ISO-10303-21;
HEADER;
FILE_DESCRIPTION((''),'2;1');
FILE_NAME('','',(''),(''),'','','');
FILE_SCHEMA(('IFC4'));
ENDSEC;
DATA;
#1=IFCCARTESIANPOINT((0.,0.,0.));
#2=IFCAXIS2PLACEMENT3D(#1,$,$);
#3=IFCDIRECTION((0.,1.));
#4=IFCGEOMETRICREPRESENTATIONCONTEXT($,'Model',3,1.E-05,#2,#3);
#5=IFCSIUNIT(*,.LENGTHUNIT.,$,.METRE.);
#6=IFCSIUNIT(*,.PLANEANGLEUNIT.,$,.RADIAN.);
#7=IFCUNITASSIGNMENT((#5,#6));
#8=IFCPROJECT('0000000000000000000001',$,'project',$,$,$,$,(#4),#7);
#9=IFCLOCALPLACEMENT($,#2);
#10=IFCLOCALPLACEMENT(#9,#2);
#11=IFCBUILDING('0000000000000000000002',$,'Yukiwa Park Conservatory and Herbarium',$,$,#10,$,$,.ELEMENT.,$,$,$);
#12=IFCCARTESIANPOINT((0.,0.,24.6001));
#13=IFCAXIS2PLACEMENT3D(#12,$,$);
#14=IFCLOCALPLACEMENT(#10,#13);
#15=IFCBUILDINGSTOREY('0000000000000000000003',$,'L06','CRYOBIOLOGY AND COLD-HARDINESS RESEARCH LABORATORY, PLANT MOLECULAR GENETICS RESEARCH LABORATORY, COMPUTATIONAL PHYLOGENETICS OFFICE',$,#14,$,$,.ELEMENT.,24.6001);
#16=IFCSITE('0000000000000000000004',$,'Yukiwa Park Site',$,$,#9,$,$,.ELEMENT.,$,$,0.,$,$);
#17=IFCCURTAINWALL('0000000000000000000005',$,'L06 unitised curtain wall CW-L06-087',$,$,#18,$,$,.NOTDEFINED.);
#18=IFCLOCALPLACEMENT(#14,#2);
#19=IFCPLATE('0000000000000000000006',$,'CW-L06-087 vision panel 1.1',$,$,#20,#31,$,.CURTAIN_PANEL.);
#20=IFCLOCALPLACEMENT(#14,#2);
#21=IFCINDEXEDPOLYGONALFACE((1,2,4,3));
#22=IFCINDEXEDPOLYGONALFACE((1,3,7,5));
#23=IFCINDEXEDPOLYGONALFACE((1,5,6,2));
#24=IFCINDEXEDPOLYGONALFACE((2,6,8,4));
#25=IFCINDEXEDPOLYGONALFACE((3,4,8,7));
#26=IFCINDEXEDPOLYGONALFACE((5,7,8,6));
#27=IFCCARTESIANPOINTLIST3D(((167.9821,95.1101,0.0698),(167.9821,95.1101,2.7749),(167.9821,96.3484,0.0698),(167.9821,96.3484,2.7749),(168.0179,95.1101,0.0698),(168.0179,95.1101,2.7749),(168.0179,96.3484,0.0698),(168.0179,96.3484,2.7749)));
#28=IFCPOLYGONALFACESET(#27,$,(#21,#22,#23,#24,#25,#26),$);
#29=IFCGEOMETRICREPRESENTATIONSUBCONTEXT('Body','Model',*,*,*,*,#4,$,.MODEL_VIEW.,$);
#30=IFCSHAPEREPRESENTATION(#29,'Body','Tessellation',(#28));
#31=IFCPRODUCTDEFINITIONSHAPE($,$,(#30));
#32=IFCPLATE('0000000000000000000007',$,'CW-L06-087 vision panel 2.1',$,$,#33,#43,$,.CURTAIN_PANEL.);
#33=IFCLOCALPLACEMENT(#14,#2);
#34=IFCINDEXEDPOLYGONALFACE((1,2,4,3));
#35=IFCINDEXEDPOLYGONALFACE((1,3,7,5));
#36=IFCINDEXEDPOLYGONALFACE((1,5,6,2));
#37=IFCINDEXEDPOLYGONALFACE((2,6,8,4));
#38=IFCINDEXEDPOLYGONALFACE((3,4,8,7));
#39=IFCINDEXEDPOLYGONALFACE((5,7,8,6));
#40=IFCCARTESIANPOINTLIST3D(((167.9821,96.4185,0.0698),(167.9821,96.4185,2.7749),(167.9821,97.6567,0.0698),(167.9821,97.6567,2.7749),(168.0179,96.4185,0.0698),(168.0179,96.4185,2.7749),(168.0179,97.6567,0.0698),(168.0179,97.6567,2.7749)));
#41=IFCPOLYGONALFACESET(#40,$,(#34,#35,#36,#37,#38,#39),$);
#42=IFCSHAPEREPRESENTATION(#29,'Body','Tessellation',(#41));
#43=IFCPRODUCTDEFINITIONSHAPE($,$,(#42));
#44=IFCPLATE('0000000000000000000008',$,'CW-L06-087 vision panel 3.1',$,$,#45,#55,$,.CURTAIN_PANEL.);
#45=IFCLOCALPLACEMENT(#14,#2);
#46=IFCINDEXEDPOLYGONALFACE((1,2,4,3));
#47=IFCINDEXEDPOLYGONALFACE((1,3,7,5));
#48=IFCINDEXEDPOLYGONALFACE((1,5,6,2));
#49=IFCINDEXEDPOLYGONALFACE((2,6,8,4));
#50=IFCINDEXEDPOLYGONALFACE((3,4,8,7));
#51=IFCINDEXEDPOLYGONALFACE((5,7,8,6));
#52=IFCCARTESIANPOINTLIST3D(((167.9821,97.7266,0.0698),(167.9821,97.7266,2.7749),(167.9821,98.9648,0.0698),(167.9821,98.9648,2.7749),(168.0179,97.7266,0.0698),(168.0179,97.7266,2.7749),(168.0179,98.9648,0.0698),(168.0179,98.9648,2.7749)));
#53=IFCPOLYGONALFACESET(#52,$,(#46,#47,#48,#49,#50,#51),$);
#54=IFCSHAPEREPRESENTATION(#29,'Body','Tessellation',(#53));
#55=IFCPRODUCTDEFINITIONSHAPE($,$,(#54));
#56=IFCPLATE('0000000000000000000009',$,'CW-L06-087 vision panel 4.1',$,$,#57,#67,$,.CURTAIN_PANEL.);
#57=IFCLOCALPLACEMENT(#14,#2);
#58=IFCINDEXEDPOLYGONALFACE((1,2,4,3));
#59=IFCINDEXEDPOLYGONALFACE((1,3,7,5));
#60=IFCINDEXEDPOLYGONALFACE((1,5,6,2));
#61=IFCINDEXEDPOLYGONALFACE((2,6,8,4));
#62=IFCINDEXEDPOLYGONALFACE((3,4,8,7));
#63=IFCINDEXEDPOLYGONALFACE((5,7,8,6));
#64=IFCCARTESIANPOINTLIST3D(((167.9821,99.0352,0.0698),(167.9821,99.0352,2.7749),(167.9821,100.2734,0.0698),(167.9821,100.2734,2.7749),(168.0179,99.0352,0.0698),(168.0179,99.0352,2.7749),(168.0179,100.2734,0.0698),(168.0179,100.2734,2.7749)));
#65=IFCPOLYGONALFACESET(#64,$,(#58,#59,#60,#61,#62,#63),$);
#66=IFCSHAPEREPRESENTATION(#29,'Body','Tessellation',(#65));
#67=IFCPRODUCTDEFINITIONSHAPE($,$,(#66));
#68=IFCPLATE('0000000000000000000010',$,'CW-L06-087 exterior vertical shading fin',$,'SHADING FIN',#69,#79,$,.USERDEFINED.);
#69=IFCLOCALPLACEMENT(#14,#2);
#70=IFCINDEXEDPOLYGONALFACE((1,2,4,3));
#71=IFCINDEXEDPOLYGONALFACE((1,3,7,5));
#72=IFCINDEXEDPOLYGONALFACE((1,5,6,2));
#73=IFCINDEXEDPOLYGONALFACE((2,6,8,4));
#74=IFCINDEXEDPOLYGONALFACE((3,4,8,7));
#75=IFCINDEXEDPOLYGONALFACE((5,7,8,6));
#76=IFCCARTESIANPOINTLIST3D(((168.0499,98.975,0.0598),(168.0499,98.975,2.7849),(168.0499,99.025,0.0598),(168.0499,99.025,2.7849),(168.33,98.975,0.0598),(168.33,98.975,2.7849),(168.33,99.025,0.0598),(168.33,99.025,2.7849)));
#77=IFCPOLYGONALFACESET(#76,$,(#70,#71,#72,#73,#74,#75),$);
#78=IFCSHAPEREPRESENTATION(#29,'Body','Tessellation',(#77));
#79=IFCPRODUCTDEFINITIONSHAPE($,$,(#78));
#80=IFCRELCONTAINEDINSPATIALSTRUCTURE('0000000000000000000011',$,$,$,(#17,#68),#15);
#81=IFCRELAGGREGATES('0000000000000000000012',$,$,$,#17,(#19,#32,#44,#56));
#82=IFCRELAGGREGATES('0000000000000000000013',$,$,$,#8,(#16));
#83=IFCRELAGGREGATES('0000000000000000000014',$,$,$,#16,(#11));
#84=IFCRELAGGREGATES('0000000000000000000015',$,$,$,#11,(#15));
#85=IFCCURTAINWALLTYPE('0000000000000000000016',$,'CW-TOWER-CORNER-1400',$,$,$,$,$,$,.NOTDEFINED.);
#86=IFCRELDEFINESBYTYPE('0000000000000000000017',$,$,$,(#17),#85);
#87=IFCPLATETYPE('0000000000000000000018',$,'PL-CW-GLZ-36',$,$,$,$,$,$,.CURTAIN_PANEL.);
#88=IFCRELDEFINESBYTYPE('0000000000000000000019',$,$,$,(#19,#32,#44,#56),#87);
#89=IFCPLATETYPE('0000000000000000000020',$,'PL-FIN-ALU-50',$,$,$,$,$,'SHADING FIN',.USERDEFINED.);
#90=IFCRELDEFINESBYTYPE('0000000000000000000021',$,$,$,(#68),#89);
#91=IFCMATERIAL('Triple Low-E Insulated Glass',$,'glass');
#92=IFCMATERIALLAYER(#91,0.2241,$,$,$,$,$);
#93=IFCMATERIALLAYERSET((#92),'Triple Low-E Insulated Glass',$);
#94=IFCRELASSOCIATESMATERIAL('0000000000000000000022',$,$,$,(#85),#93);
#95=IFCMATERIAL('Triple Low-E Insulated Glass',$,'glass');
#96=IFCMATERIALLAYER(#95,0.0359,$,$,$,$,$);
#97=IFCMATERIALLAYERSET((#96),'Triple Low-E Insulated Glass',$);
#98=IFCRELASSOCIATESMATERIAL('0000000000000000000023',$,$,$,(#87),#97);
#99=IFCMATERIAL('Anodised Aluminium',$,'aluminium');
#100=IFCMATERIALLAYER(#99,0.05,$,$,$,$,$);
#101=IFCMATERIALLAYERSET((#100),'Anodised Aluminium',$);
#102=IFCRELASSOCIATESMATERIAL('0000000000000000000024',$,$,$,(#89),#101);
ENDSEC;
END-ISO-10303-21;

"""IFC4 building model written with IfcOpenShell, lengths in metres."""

from ifc_helpers import new_model, si_unit, direction, frame, origin, origin_2d, place, context, subcontext, project, spatial, rectangle, extrude, material, layer, layer_set, type_object, element, aggregate, save


model = new_model("IFC4")

# Units and contexts
model_context = context("Model", 3, precision=1e-05, world=origin(), true_north=direction((0.0, 1.0)))
body_context = subcontext(model_context, "Body", "Model", "MODEL_VIEW")
ifc_project = project(units=[si_unit("LENGTHUNIT", "METRE"), si_unit("PLANEANGLEUNIT", "RADIAN")], contexts=[model_context])

# Site, building, storey
site_placement = place(None, origin())
site = spatial("IfcSite", under=ifc_project, at=site_placement, Name="Yukiwa Park Site", CompositionType="ELEMENT", RefElevation=0.0)
building_placement = place(site_placement, origin())
building = spatial("IfcBuilding", under=site, at=building_placement, Name="Yukiwa Park Conservatory and Herbarium", CompositionType="ELEMENT")
storey_placement = place(building_placement, frame((0.0, 0.0, 24.6001)))
storey = spatial("IfcBuildingStorey", under=building, at=storey_placement, Name="L06", Description="CRYOBIOLOGY AND COLD-HARDINESS RESEARCH LABORATORY, PLANT MOLECULAR GENETICS RESEARCH LABORATORY, COMPUTATIONAL PHYLOGENETICS OFFICE", CompositionType="ELEMENT", Elevation=24.6001)

# Curtain wall, plates
ifc_material_1 = material(Name="Triple Low-E Insulated Glass", Category="glass")
ifc_layer_1 = layer(ifc_material_1, 0.2241)
ifc_layer_set_1 = layer_set([ifc_layer_1], Name="Triple Low-E Insulated Glass")
curtain_wall_type = type_object("IfcCurtainWallType", Name="CW-TOWER-CORNER-1400", PredefinedType="NOTDEFINED", material=ifc_layer_set_1)
curtain_wall_placement = place(storey_placement, origin())
curtain_wall = element("IfcCurtainWall", 1, at=curtain_wall_placement, inside=storey, type_object=curtain_wall_type, Name="L06 unitised curtain wall CW-L06-087", PredefinedType="NOTDEFINED")
ifc_material_2 = material(Name="Triple Low-E Insulated Glass", Category="glass")
ifc_layer_2 = layer(ifc_material_2, 0.0359)
ifc_layer_set_2 = layer_set([ifc_layer_2], Name="Triple Low-E Insulated Glass")
plate_type_1 = type_object("IfcPlateType", Name="PL-CW-GLZ-36", PredefinedType="CURTAIN_PANEL", material=ifc_layer_set_2)
plate_1_placement = place(storey_placement, frame((168.0, 95.7292, 0.0698), z_axis=(0.0, 0.0, 1.0), x_axis=(0.0, 1.0, 0.0)))
plate_1 = element("IfcPlate", 2, at=plate_1_placement, type_object=plate_type_1, Name="CW-L06-087 vision panel 1.1", PredefinedType="CURTAIN_PANEL", context=body_context, shape_type="SweptSolid", body=[
    extrude(rectangle(XDim=1.2383, YDim=0.0359, at=origin_2d()), origin(), (0.0, 0.0, 1.0), 2.7051),
])
plate_2_placement = place(storey_placement, frame((168.0, 97.0376, 0.0698), z_axis=(0.0, 0.0, 1.0), x_axis=(0.0, 1.0, 0.0)))
plate_2 = element("IfcPlate", 3, at=plate_2_placement, type_object=plate_type_1, Name="CW-L06-087 vision panel 2.1", PredefinedType="CURTAIN_PANEL", context=body_context, shape_type="SweptSolid", body=[
    extrude(rectangle(XDim=1.2383, YDim=0.0359, at=origin_2d()), origin(), (0.0, 0.0, 1.0), 2.7051),
])
plate_3_placement = place(storey_placement, frame((168.0, 98.3457, 0.0698), z_axis=(0.0, 0.0, 1.0), x_axis=(0.0, 1.0, 0.0)))
plate_3 = element("IfcPlate", 4, at=plate_3_placement, type_object=plate_type_1, Name="CW-L06-087 vision panel 3.1", PredefinedType="CURTAIN_PANEL", context=body_context, shape_type="SweptSolid", body=[
    extrude(rectangle(XDim=1.2383, YDim=0.0359, at=origin_2d()), origin(), (0.0, 0.0, 1.0), 2.7051),
])
plate_4_placement = place(storey_placement, frame((168.0, 99.6543, 0.0698), z_axis=(0.0, 0.0, 1.0), x_axis=(0.0, 1.0, 0.0)))
plate_4 = element("IfcPlate", 5, at=plate_4_placement, type_object=plate_type_1, Name="CW-L06-087 vision panel 4.1", PredefinedType="CURTAIN_PANEL", context=body_context, shape_type="SweptSolid", body=[
    extrude(rectangle(XDim=1.2383, YDim=0.0359, at=origin_2d()), origin(), (0.0, 0.0, 1.0), 2.7051),
])
aggregate(curtain_wall, [plate_1, plate_2, plate_3, plate_4])

# Plate
ifc_material_3 = material(Name="Anodised Aluminium", Category="aluminium")
ifc_layer_3 = layer(ifc_material_3, 0.05)
ifc_layer_set_3 = layer_set([ifc_layer_3], Name="Anodised Aluminium")
plate_type_2 = type_object("IfcPlateType", Name="PL-FIN-ALU-50", ElementType="SHADING FIN", PredefinedType="USERDEFINED", material=ifc_layer_set_3)
plate_5_placement = place(storey_placement, frame((168.1899, 99.0, 0.0598), z_axis=(0.0, 0.0, 1.0), x_axis=(0.0, 1.0, 0.0)))
element("IfcPlate", 6, at=plate_5_placement, inside=storey, type_object=plate_type_2, Name="CW-L06-087 exterior vertical shading fin", ObjectType="SHADING FIN", PredefinedType="USERDEFINED", context=body_context, shape_type="SweptSolid", body=[
    extrude(rectangle(XDim=0.05, YDim=0.28, at=origin_2d()), origin(), (0.0, 0.0, 1.0), 2.7251),
])

save(model, "model.ifc")
